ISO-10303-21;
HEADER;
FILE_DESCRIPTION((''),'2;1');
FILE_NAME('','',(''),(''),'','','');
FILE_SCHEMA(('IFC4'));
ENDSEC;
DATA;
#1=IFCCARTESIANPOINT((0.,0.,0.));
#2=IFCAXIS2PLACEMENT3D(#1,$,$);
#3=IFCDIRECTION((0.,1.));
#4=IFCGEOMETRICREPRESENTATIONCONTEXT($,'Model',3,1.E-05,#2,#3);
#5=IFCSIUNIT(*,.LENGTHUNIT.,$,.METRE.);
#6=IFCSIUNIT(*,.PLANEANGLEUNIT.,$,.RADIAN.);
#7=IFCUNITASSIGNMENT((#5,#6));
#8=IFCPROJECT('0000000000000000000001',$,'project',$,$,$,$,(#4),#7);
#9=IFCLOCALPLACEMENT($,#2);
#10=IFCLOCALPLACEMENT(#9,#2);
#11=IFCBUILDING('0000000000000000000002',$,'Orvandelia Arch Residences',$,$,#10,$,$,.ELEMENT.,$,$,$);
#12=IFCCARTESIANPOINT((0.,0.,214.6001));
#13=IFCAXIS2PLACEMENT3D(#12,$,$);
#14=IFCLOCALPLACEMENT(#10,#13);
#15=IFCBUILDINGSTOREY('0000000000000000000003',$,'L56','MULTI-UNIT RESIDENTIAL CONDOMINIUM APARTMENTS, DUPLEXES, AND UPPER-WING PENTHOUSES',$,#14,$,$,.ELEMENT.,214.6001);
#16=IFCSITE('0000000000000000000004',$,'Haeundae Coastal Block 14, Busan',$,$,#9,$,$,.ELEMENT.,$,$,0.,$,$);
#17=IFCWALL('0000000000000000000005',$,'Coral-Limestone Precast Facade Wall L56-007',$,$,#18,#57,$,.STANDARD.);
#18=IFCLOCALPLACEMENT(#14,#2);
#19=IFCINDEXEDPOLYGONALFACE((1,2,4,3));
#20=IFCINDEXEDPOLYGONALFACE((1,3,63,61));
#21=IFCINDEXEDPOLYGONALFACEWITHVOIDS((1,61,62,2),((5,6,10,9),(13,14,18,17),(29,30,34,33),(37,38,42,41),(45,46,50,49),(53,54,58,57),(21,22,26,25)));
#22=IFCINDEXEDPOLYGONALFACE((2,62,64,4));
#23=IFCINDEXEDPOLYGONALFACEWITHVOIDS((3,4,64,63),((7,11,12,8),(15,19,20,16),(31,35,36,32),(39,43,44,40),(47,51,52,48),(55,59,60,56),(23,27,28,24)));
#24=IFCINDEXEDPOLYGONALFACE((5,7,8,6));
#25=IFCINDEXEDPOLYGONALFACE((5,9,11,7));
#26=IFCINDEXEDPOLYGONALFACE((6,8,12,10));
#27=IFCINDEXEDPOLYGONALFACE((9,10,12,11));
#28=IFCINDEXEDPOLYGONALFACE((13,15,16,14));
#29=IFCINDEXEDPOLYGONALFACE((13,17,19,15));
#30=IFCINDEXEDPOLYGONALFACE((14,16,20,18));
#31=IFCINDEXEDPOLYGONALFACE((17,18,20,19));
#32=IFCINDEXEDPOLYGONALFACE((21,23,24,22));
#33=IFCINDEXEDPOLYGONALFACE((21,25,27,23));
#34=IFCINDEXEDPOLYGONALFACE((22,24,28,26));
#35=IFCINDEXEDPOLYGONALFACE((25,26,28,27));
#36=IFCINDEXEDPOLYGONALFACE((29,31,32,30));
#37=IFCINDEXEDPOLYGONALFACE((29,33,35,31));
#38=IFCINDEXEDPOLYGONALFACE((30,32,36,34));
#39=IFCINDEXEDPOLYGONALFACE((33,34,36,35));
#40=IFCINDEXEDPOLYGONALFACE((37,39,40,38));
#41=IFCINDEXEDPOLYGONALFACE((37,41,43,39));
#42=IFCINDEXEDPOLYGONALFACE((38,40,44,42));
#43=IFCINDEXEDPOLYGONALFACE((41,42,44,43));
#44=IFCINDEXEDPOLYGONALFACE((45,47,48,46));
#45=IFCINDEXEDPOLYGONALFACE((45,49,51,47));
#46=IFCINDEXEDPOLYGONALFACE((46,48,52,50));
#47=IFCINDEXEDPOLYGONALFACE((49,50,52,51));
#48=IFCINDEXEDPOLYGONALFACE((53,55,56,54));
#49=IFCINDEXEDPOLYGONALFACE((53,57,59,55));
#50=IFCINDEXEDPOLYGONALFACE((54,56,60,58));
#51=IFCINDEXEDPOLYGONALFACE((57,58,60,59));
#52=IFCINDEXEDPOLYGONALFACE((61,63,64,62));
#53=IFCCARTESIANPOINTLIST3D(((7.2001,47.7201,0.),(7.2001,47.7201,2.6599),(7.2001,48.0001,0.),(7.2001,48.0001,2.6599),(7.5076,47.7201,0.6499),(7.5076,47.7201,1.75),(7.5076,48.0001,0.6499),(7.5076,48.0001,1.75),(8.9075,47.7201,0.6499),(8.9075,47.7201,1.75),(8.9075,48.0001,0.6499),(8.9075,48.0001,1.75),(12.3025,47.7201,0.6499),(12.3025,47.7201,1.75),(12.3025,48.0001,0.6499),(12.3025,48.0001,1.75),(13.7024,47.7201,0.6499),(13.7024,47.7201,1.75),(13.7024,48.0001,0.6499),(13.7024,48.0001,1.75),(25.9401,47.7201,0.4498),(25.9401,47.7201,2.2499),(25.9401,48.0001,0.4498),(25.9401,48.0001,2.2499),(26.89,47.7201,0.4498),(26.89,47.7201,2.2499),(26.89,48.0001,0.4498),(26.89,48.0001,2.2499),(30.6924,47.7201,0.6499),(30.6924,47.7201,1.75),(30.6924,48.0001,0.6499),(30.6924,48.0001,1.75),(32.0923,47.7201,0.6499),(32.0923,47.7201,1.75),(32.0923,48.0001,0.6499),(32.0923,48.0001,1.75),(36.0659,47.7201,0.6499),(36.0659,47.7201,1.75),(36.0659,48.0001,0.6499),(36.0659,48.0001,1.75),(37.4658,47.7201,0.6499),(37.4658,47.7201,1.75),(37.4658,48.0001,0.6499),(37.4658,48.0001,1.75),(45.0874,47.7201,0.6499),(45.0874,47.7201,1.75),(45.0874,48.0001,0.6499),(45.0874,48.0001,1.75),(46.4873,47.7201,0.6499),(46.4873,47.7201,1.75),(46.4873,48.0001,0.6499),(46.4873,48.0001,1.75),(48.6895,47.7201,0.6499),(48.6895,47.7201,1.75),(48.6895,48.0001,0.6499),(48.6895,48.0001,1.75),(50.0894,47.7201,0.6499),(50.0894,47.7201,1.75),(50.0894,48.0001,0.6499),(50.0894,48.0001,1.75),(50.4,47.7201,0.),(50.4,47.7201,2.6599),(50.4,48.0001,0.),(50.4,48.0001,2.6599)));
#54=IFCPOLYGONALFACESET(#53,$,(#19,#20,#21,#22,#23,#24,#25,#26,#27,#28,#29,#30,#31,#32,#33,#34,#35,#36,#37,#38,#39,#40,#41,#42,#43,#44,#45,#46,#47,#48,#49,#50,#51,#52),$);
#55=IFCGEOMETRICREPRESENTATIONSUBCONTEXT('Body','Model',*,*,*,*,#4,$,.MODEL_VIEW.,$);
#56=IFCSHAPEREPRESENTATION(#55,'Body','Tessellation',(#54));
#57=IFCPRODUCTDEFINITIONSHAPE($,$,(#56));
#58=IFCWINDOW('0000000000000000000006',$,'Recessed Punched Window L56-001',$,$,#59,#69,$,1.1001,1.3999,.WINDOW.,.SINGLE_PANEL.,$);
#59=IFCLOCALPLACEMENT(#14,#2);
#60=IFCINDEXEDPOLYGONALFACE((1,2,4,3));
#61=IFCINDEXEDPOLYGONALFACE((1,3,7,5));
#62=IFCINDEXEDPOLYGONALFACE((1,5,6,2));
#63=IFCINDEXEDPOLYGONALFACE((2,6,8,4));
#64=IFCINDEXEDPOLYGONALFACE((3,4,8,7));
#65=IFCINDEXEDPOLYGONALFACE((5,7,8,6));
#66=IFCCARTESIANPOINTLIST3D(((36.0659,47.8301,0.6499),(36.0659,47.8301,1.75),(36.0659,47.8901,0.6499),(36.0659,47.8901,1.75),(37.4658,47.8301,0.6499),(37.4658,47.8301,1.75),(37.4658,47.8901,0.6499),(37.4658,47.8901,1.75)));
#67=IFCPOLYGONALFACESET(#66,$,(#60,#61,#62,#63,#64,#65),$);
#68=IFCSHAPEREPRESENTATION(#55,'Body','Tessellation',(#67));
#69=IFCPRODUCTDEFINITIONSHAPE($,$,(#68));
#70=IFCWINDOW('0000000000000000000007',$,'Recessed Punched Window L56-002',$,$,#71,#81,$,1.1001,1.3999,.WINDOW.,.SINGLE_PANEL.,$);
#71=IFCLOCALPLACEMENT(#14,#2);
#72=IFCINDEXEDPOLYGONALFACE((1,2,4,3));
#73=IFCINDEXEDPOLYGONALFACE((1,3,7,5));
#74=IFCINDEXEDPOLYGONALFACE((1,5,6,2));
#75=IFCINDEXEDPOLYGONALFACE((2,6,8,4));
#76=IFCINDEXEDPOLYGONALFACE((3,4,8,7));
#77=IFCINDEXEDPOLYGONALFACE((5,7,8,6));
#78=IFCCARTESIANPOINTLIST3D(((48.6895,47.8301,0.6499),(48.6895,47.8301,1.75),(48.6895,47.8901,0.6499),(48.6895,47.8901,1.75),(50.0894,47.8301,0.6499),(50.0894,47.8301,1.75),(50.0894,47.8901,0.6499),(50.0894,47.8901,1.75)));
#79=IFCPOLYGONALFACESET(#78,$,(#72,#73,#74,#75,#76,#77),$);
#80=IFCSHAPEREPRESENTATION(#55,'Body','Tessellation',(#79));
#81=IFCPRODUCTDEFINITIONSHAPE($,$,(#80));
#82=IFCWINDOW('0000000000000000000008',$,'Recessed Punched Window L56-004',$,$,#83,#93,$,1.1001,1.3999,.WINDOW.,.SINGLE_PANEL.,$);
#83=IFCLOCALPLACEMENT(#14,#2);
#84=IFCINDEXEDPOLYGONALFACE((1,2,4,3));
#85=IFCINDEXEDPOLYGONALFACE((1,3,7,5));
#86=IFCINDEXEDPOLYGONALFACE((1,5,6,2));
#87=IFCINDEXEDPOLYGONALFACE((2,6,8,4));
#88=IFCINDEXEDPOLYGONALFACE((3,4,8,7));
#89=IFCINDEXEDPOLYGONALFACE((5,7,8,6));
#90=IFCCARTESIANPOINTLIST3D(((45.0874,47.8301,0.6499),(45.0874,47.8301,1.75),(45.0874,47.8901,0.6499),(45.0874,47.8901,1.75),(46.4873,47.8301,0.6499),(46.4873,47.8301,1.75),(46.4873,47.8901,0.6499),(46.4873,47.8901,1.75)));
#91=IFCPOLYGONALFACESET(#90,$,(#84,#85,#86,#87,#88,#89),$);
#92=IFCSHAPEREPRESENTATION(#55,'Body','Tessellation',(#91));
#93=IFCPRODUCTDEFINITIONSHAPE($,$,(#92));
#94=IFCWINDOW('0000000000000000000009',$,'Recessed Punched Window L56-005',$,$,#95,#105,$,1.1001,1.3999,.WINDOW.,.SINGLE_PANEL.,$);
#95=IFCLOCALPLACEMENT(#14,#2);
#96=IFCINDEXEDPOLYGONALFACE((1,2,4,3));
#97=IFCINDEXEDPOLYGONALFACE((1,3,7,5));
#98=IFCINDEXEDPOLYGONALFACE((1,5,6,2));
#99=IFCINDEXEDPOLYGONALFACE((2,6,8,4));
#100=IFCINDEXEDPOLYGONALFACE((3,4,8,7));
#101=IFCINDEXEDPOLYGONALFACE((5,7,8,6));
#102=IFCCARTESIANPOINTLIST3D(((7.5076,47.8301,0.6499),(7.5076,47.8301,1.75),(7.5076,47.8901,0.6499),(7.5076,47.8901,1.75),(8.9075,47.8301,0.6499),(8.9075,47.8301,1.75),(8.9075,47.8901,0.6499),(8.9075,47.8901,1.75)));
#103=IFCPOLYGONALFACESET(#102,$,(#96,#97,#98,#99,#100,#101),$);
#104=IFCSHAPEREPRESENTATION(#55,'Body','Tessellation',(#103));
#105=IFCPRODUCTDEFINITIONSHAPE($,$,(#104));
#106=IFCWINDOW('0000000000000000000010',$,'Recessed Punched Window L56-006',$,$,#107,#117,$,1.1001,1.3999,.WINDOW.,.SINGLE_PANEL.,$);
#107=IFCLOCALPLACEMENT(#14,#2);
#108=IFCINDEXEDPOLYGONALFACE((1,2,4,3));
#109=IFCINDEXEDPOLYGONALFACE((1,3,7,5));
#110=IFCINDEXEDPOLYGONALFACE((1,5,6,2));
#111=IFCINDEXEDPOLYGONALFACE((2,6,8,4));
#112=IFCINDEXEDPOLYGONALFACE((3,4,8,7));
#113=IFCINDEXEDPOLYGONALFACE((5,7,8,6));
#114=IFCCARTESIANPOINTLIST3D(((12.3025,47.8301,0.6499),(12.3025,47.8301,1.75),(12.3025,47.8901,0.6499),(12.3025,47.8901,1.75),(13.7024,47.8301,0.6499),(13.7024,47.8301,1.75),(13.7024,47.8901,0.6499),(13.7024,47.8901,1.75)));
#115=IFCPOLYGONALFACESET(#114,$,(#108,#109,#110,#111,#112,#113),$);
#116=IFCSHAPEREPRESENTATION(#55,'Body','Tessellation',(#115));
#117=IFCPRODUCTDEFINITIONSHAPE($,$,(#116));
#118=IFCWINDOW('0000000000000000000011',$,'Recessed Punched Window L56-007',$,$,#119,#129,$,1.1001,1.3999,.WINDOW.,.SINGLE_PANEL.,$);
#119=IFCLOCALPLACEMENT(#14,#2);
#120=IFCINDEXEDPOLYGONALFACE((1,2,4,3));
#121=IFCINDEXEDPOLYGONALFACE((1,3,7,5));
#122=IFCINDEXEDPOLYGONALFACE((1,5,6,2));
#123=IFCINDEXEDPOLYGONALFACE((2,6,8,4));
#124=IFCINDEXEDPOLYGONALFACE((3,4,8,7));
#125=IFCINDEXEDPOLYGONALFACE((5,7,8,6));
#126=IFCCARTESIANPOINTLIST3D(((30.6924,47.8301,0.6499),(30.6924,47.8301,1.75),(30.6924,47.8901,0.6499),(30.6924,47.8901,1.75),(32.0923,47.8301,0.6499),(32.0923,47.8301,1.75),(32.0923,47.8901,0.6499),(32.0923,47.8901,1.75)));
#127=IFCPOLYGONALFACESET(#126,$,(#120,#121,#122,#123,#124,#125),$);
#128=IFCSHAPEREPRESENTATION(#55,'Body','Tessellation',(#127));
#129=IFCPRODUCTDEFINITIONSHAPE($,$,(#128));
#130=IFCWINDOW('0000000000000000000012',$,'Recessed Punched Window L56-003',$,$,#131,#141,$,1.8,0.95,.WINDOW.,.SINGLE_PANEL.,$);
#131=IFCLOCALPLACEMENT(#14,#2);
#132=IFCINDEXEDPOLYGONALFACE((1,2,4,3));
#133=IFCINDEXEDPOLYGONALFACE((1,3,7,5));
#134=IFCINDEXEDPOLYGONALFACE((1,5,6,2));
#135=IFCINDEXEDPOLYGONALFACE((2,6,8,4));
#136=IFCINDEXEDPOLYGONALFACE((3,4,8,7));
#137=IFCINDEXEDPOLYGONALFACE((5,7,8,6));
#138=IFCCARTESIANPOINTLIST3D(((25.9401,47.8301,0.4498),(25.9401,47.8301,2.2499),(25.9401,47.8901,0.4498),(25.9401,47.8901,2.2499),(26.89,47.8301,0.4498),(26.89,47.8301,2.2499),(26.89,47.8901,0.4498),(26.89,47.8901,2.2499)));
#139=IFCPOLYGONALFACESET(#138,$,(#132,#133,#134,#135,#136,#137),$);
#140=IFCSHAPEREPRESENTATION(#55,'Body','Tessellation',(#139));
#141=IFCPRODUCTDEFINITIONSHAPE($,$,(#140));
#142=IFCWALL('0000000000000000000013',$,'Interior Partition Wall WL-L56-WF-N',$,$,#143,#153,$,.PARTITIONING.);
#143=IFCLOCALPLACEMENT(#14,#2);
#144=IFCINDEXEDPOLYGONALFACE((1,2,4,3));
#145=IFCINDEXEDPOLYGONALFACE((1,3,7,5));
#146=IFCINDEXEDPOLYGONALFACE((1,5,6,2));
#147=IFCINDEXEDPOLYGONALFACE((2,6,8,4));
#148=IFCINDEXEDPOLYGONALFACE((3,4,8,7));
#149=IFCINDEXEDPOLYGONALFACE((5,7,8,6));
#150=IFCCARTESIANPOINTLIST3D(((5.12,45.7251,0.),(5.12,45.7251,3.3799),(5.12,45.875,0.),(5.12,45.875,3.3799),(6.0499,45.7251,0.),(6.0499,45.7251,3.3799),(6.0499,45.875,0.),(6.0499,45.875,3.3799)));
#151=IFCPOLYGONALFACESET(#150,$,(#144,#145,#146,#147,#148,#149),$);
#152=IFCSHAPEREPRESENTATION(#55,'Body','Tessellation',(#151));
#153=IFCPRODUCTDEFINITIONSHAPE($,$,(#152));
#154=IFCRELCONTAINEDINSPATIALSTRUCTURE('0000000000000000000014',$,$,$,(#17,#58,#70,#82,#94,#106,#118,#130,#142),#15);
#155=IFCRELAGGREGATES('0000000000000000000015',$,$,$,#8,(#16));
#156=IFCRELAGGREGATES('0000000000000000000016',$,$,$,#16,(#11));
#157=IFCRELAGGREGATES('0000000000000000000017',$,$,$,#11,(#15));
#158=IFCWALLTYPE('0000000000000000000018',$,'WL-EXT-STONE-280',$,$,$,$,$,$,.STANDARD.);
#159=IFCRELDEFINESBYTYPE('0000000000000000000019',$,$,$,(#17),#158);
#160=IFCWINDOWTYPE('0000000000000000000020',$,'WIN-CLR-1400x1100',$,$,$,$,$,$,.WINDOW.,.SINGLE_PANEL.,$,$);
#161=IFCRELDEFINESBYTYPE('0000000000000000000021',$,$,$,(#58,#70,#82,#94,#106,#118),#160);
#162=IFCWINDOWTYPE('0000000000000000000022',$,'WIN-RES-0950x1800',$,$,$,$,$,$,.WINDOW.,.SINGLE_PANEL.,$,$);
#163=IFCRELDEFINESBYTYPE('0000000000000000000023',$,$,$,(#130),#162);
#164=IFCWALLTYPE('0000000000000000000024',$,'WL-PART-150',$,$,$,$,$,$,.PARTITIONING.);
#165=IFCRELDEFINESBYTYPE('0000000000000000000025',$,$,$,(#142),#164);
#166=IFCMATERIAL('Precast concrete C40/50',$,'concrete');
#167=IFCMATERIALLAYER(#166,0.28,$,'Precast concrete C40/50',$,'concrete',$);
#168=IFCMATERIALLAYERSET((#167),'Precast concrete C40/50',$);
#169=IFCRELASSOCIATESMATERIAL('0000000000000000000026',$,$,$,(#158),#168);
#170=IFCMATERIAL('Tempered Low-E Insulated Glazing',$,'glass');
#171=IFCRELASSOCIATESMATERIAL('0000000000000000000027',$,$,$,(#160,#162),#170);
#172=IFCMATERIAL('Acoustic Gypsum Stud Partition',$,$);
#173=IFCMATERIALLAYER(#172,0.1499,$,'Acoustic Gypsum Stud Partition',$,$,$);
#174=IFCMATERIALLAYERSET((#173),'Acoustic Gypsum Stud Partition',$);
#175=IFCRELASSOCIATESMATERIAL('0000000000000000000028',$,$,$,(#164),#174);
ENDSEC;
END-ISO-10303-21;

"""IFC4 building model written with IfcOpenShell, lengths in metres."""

from ifc_helpers import new_model, si_unit, direction, frame, frame_2d, origin, place, context, subcontext, project, spatial, rectangle, extrude, material, layer, layer_set, type_object, element, fill, save


model = new_model("IFC4")

# Units and contexts
model_context = context("Model", 3, precision=1e-05, world=origin(), true_north=direction((0.0, 1.0)))
body_context = subcontext(model_context, "Body", "Model", "MODEL_VIEW")
ifc_project = project(units=[si_unit("LENGTHUNIT", "METRE"), si_unit("PLANEANGLEUNIT", "RADIAN")], contexts=[model_context])

# Site, building, storey
site_placement = place(None, origin())
site = spatial("IfcSite", under=ifc_project, at=site_placement, Name="Haeundae Coastal Block 14, Busan", CompositionType="ELEMENT", RefElevation=0.0)
building_placement = place(site_placement, origin())
building = spatial("IfcBuilding", under=site, at=building_placement, Name="Orvandelia Arch Residences", CompositionType="ELEMENT")
storey_placement = place(building_placement, frame((0.0, 0.0, 214.6001)))
storey = spatial("IfcBuildingStorey", under=building, at=storey_placement, Name="L56", Description="MULTI-UNIT RESIDENTIAL CONDOMINIUM APARTMENTS, DUPLEXES, AND UPPER-WING PENTHOUSES", CompositionType="ELEMENT", Elevation=214.6001)

# Shared definitions
ifc_material_1 = material(Name="Precast concrete C40/50", Category="concrete")
ifc_layer_1 = layer(ifc_material_1, 0.28, Name="Precast concrete C40/50", Category="concrete")
ifc_layer_set_1 = layer_set([ifc_layer_1], Name="Precast concrete C40/50")
wall_type_1 = type_object("IfcWallType", Name="WL-EXT-STONE-280", PredefinedType="STANDARD", material=ifc_layer_set_1)

# Wall, openings, windows
wall_1_placement = place(storey_placement, frame((7.2, 47.8601, 0.0), z_axis=(0.0, 0.0, 1.0), x_axis=(1.0, 0.0, 0.0)))
wall_1 = element("IfcWall", 1, at=wall_1_placement, inside=storey, type_object=wall_type_1, Name="Coral-Limestone Precast Facade Wall L56-007", PredefinedType="STANDARD", context=body_context, shape_type="SweptSolid", body=[
    extrude(rectangle(XDim=43.2, YDim=0.28, at=frame_2d((21.6001, 0.0))), origin(), (0.0, 0.0, 1.0), 2.6599),
])
opening_1_placement = place(wall_1_placement, frame((28.866, 0.0, 0.6499)))
opening_1 = element("IfcOpeningElement", 2, at=opening_1_placement, cuts=wall_1, PredefinedType="OPENING", context=body_context, shape_type="SweptSolid", body=[
    extrude(rectangle(XDim=1.3999, YDim=1.1001, at=frame_2d((0.7, 0.55))), frame((0.0, 0.1499, 0.0), z_axis=(0.0, -1.0, 0.0), x_axis=(1.0, 0.0, 0.0)), (0.0, 0.0, 1.0), 0.3),
])
opening_2_placement = place(wall_1_placement, frame((41.4895, 0.0, 0.6499)))
opening_2 = element("IfcOpeningElement", 3, at=opening_2_placement, cuts=wall_1, PredefinedType="OPENING", context=body_context, shape_type="SweptSolid", body=[
    extrude(rectangle(XDim=1.3999, YDim=1.1001, at=frame_2d((0.7, 0.55))), frame((0.0, 0.1499, 0.0), z_axis=(0.0, -1.0, 0.0), x_axis=(1.0, 0.0, 0.0)), (0.0, 0.0, 1.0), 0.3),
])
opening_3_placement = place(wall_1_placement, frame((18.74, 0.0, 0.45)))
opening_3 = element("IfcOpeningElement", 4, at=opening_3_placement, cuts=wall_1, PredefinedType="OPENING", context=body_context, shape_type="SweptSolid", body=[
    extrude(rectangle(XDim=0.95, YDim=1.8, at=frame_2d((0.4751, 0.8999))), frame((0.0, 0.1499, 0.0), z_axis=(0.0, -1.0, 0.0), x_axis=(1.0, 0.0, 0.0)), (0.0, 0.0, 1.0), 0.3),
])
opening_4_placement = place(wall_1_placement, frame((37.8875, 0.0, 0.6499)))
opening_4 = element("IfcOpeningElement", 5, at=opening_4_placement, cuts=wall_1, PredefinedType="OPENING", context=body_context, shape_type="SweptSolid", body=[
    extrude(rectangle(XDim=1.3999, YDim=1.1001, at=frame_2d((0.7, 0.55))), frame((0.0, 0.1499, 0.0), z_axis=(0.0, -1.0, 0.0), x_axis=(1.0, 0.0, 0.0)), (0.0, 0.0, 1.0), 0.3),
])
opening_5_placement = place(wall_1_placement, frame((0.3076, 0.0, 0.6499)))
opening_5 = element("IfcOpeningElement", 6, at=opening_5_placement, cuts=wall_1, PredefinedType="OPENING", context=body_context, shape_type="SweptSolid", body=[
    extrude(rectangle(XDim=1.3999, YDim=1.1001, at=frame_2d((0.7, 0.55))), frame((0.0, 0.1499, 0.0), z_axis=(0.0, -1.0, 0.0), x_axis=(1.0, 0.0, 0.0)), (0.0, 0.0, 1.0), 0.3),
])
opening_6_placement = place(wall_1_placement, frame((5.1025, 0.0, 0.6499)))
opening_6 = element("IfcOpeningElement", 7, at=opening_6_placement, cuts=wall_1, PredefinedType="OPENING", context=body_context, shape_type="SweptSolid", body=[
    extrude(rectangle(XDim=1.3999, YDim=1.1001, at=frame_2d((0.7, 0.55))), frame((0.0, 0.1499, 0.0), z_axis=(0.0, -1.0, 0.0), x_axis=(1.0, 0.0, 0.0)), (0.0, 0.0, 1.0), 0.3),
])
opening_7_placement = place(wall_1_placement, frame((23.4924, 0.0, 0.6499)))
opening_7 = element("IfcOpeningElement", 8, at=opening_7_placement, cuts=wall_1, PredefinedType="OPENING", context=body_context, shape_type="SweptSolid", body=[
    extrude(rectangle(XDim=1.3999, YDim=1.1001, at=frame_2d((0.7, 0.55))), frame((0.0, 0.1499, 0.0), z_axis=(0.0, -1.0, 0.0), x_axis=(1.0, 0.0, 0.0)), (0.0, 0.0, 1.0), 0.3),
])
ifc_material_2 = material(Name="Tempered Low-E Insulated Glazing", Category="glass")
window_type_1 = type_object("IfcWindowType", Name="WIN-CLR-1400x1100", PartitioningType="SINGLE_PANEL", PredefinedType="WINDOW", material=ifc_material_2)
window_1_placement = place(opening_1_placement, origin())
window_1 = element("IfcWindow", 9, at=window_1_placement, inside=storey, type_object=window_type_1, Name="Recessed Punched Window L56-001", OverallHeight=1.1001, OverallWidth=1.3999, PartitioningType="SINGLE_PANEL", PredefinedType="WINDOW", context=body_context, shape_type="SweptSolid", body=[
    extrude(rectangle(XDim=1.3999, YDim=1.1001, at=frame_2d((0.7, 0.55))), frame((0.0, 0.03, 0.0), z_axis=(0.0, -1.0, 0.0), x_axis=(1.0, 0.0, 0.0)), (0.0, 0.0, 1.0), 0.0601),
])
fill(opening_1, window_1)
window_2_placement = place(opening_2_placement, origin())
window_2 = element("IfcWindow", 10, at=window_2_placement, inside=storey, type_object=window_type_1, Name="Recessed Punched Window L56-002", OverallHeight=1.1001, OverallWidth=1.3999, PartitioningType="SINGLE_PANEL", PredefinedType="WINDOW", context=body_context, shape_type="SweptSolid", body=[
    extrude(rectangle(XDim=1.3999, YDim=1.1001, at=frame_2d((0.7, 0.55))), frame((0.0, 0.03, 0.0), z_axis=(0.0, -1.0, 0.0), x_axis=(1.0, 0.0, 0.0)), (0.0, 0.0, 1.0), 0.0601),
])
fill(opening_2, window_2)
window_3_placement = place(opening_4_placement, origin())
window_3 = element("IfcWindow", 11, at=window_3_placement, inside=storey, type_object=window_type_1, Name="Recessed Punched Window L56-004", OverallHeight=1.1001, OverallWidth=1.3999, PartitioningType="SINGLE_PANEL", PredefinedType="WINDOW", context=body_context, shape_type="SweptSolid", body=[
    extrude(rectangle(XDim=1.3999, YDim=1.1001, at=frame_2d((0.7, 0.55))), frame((0.0, 0.03, 0.0), z_axis=(0.0, -1.0, 0.0), x_axis=(1.0, 0.0, 0.0)), (0.0, 0.0, 1.0), 0.0601),
])
fill(opening_4, window_3)
window_4_placement = place(opening_5_placement, origin())
window_4 = element("IfcWindow", 12, at=window_4_placement, inside=storey, type_object=window_type_1, Name="Recessed Punched Window L56-005", OverallHeight=1.1001, OverallWidth=1.3999, PartitioningType="SINGLE_PANEL", PredefinedType="WINDOW", context=body_context, shape_type="SweptSolid", body=[
    extrude(rectangle(XDim=1.3999, YDim=1.1001, at=frame_2d((0.7, 0.55))), frame((0.0, 0.03, 0.0), z_axis=(0.0, -1.0, 0.0), x_axis=(1.0, 0.0, 0.0)), (0.0, 0.0, 1.0), 0.0601),
])
fill(opening_5, window_4)
window_5_placement = place(opening_6_placement, origin())
window_5 = element("IfcWindow", 13, at=window_5_placement, inside=storey, type_object=window_type_1, Name="Recessed Punched Window L56-006", OverallHeight=1.1001, OverallWidth=1.3999, PartitioningType="SINGLE_PANEL", PredefinedType="WINDOW", context=body_context, shape_type="SweptSolid", body=[
    extrude(rectangle(XDim=1.3999, YDim=1.1001, at=frame_2d((0.7, 0.55))), frame((0.0, 0.03, 0.0), z_axis=(0.0, -1.0, 0.0), x_axis=(1.0, 0.0, 0.0)), (0.0, 0.0, 1.0), 0.0601),
])
fill(opening_6, window_5)
window_6_placement = place(opening_7_placement, origin())
window_6 = element("IfcWindow", 14, at=window_6_placement, inside=storey, type_object=window_type_1, Name="Recessed Punched Window L56-007", OverallHeight=1.1001, OverallWidth=1.3999, PartitioningType="SINGLE_PANEL", PredefinedType="WINDOW", context=body_context, shape_type="SweptSolid", body=[
    extrude(rectangle(XDim=1.3999, YDim=1.1001, at=frame_2d((0.7, 0.55))), frame((0.0, 0.03, 0.0), z_axis=(0.0, -1.0, 0.0), x_axis=(1.0, 0.0, 0.0)), (0.0, 0.0, 1.0), 0.0601),
])
fill(opening_7, window_6)
window_type_2 = type_object("IfcWindowType", Name="WIN-RES-0950x1800", PartitioningType="SINGLE_PANEL", PredefinedType="WINDOW", material=ifc_material_2)
window_7_placement = place(opening_3_placement, origin())
window_7 = element("IfcWindow", 15, at=window_7_placement, inside=storey, type_object=window_type_2, Name="Recessed Punched Window L56-003", OverallHeight=1.8, OverallWidth=0.95, PartitioningType="SINGLE_PANEL", PredefinedType="WINDOW", context=body_context, shape_type="SweptSolid", body=[
    extrude(rectangle(XDim=0.95, YDim=1.8, at=frame_2d((0.4751, 0.8999))), frame((0.0, 0.03, 0.0), z_axis=(0.0, -1.0, 0.0), x_axis=(1.0, 0.0, 0.0)), (0.0, 0.0, 1.0), 0.0601),
])
fill(opening_3, window_7)

# Wall
ifc_material_3 = material(Name="Acoustic Gypsum Stud Partition")
ifc_layer_2 = layer(ifc_material_3, 0.1499, Name="Acoustic Gypsum Stud Partition")
ifc_layer_set_2 = layer_set([ifc_layer_2], Name="Acoustic Gypsum Stud Partition")
wall_type_2 = type_object("IfcWallType", Name="WL-PART-150", PredefinedType="PARTITIONING", material=ifc_layer_set_2)
wall_2_placement = place(storey_placement, frame((5.1201, 45.8, 0.0), z_axis=(0.0, 0.0, 1.0), x_axis=(1.0, 0.0, 0.0)))
element("IfcWall", 16, at=wall_2_placement, inside=storey, type_object=wall_type_2, Name="Interior Partition Wall WL-L56-WF-N", PredefinedType="PARTITIONING", context=body_context, shape_type="SweptSolid", body=[
    extrude(rectangle(XDim=0.9299, YDim=0.1499, at=frame_2d((0.4648, 0.0))), origin(), (0.0, 0.0, 1.0), 3.3799),
])

save(model, "model.ifc")
